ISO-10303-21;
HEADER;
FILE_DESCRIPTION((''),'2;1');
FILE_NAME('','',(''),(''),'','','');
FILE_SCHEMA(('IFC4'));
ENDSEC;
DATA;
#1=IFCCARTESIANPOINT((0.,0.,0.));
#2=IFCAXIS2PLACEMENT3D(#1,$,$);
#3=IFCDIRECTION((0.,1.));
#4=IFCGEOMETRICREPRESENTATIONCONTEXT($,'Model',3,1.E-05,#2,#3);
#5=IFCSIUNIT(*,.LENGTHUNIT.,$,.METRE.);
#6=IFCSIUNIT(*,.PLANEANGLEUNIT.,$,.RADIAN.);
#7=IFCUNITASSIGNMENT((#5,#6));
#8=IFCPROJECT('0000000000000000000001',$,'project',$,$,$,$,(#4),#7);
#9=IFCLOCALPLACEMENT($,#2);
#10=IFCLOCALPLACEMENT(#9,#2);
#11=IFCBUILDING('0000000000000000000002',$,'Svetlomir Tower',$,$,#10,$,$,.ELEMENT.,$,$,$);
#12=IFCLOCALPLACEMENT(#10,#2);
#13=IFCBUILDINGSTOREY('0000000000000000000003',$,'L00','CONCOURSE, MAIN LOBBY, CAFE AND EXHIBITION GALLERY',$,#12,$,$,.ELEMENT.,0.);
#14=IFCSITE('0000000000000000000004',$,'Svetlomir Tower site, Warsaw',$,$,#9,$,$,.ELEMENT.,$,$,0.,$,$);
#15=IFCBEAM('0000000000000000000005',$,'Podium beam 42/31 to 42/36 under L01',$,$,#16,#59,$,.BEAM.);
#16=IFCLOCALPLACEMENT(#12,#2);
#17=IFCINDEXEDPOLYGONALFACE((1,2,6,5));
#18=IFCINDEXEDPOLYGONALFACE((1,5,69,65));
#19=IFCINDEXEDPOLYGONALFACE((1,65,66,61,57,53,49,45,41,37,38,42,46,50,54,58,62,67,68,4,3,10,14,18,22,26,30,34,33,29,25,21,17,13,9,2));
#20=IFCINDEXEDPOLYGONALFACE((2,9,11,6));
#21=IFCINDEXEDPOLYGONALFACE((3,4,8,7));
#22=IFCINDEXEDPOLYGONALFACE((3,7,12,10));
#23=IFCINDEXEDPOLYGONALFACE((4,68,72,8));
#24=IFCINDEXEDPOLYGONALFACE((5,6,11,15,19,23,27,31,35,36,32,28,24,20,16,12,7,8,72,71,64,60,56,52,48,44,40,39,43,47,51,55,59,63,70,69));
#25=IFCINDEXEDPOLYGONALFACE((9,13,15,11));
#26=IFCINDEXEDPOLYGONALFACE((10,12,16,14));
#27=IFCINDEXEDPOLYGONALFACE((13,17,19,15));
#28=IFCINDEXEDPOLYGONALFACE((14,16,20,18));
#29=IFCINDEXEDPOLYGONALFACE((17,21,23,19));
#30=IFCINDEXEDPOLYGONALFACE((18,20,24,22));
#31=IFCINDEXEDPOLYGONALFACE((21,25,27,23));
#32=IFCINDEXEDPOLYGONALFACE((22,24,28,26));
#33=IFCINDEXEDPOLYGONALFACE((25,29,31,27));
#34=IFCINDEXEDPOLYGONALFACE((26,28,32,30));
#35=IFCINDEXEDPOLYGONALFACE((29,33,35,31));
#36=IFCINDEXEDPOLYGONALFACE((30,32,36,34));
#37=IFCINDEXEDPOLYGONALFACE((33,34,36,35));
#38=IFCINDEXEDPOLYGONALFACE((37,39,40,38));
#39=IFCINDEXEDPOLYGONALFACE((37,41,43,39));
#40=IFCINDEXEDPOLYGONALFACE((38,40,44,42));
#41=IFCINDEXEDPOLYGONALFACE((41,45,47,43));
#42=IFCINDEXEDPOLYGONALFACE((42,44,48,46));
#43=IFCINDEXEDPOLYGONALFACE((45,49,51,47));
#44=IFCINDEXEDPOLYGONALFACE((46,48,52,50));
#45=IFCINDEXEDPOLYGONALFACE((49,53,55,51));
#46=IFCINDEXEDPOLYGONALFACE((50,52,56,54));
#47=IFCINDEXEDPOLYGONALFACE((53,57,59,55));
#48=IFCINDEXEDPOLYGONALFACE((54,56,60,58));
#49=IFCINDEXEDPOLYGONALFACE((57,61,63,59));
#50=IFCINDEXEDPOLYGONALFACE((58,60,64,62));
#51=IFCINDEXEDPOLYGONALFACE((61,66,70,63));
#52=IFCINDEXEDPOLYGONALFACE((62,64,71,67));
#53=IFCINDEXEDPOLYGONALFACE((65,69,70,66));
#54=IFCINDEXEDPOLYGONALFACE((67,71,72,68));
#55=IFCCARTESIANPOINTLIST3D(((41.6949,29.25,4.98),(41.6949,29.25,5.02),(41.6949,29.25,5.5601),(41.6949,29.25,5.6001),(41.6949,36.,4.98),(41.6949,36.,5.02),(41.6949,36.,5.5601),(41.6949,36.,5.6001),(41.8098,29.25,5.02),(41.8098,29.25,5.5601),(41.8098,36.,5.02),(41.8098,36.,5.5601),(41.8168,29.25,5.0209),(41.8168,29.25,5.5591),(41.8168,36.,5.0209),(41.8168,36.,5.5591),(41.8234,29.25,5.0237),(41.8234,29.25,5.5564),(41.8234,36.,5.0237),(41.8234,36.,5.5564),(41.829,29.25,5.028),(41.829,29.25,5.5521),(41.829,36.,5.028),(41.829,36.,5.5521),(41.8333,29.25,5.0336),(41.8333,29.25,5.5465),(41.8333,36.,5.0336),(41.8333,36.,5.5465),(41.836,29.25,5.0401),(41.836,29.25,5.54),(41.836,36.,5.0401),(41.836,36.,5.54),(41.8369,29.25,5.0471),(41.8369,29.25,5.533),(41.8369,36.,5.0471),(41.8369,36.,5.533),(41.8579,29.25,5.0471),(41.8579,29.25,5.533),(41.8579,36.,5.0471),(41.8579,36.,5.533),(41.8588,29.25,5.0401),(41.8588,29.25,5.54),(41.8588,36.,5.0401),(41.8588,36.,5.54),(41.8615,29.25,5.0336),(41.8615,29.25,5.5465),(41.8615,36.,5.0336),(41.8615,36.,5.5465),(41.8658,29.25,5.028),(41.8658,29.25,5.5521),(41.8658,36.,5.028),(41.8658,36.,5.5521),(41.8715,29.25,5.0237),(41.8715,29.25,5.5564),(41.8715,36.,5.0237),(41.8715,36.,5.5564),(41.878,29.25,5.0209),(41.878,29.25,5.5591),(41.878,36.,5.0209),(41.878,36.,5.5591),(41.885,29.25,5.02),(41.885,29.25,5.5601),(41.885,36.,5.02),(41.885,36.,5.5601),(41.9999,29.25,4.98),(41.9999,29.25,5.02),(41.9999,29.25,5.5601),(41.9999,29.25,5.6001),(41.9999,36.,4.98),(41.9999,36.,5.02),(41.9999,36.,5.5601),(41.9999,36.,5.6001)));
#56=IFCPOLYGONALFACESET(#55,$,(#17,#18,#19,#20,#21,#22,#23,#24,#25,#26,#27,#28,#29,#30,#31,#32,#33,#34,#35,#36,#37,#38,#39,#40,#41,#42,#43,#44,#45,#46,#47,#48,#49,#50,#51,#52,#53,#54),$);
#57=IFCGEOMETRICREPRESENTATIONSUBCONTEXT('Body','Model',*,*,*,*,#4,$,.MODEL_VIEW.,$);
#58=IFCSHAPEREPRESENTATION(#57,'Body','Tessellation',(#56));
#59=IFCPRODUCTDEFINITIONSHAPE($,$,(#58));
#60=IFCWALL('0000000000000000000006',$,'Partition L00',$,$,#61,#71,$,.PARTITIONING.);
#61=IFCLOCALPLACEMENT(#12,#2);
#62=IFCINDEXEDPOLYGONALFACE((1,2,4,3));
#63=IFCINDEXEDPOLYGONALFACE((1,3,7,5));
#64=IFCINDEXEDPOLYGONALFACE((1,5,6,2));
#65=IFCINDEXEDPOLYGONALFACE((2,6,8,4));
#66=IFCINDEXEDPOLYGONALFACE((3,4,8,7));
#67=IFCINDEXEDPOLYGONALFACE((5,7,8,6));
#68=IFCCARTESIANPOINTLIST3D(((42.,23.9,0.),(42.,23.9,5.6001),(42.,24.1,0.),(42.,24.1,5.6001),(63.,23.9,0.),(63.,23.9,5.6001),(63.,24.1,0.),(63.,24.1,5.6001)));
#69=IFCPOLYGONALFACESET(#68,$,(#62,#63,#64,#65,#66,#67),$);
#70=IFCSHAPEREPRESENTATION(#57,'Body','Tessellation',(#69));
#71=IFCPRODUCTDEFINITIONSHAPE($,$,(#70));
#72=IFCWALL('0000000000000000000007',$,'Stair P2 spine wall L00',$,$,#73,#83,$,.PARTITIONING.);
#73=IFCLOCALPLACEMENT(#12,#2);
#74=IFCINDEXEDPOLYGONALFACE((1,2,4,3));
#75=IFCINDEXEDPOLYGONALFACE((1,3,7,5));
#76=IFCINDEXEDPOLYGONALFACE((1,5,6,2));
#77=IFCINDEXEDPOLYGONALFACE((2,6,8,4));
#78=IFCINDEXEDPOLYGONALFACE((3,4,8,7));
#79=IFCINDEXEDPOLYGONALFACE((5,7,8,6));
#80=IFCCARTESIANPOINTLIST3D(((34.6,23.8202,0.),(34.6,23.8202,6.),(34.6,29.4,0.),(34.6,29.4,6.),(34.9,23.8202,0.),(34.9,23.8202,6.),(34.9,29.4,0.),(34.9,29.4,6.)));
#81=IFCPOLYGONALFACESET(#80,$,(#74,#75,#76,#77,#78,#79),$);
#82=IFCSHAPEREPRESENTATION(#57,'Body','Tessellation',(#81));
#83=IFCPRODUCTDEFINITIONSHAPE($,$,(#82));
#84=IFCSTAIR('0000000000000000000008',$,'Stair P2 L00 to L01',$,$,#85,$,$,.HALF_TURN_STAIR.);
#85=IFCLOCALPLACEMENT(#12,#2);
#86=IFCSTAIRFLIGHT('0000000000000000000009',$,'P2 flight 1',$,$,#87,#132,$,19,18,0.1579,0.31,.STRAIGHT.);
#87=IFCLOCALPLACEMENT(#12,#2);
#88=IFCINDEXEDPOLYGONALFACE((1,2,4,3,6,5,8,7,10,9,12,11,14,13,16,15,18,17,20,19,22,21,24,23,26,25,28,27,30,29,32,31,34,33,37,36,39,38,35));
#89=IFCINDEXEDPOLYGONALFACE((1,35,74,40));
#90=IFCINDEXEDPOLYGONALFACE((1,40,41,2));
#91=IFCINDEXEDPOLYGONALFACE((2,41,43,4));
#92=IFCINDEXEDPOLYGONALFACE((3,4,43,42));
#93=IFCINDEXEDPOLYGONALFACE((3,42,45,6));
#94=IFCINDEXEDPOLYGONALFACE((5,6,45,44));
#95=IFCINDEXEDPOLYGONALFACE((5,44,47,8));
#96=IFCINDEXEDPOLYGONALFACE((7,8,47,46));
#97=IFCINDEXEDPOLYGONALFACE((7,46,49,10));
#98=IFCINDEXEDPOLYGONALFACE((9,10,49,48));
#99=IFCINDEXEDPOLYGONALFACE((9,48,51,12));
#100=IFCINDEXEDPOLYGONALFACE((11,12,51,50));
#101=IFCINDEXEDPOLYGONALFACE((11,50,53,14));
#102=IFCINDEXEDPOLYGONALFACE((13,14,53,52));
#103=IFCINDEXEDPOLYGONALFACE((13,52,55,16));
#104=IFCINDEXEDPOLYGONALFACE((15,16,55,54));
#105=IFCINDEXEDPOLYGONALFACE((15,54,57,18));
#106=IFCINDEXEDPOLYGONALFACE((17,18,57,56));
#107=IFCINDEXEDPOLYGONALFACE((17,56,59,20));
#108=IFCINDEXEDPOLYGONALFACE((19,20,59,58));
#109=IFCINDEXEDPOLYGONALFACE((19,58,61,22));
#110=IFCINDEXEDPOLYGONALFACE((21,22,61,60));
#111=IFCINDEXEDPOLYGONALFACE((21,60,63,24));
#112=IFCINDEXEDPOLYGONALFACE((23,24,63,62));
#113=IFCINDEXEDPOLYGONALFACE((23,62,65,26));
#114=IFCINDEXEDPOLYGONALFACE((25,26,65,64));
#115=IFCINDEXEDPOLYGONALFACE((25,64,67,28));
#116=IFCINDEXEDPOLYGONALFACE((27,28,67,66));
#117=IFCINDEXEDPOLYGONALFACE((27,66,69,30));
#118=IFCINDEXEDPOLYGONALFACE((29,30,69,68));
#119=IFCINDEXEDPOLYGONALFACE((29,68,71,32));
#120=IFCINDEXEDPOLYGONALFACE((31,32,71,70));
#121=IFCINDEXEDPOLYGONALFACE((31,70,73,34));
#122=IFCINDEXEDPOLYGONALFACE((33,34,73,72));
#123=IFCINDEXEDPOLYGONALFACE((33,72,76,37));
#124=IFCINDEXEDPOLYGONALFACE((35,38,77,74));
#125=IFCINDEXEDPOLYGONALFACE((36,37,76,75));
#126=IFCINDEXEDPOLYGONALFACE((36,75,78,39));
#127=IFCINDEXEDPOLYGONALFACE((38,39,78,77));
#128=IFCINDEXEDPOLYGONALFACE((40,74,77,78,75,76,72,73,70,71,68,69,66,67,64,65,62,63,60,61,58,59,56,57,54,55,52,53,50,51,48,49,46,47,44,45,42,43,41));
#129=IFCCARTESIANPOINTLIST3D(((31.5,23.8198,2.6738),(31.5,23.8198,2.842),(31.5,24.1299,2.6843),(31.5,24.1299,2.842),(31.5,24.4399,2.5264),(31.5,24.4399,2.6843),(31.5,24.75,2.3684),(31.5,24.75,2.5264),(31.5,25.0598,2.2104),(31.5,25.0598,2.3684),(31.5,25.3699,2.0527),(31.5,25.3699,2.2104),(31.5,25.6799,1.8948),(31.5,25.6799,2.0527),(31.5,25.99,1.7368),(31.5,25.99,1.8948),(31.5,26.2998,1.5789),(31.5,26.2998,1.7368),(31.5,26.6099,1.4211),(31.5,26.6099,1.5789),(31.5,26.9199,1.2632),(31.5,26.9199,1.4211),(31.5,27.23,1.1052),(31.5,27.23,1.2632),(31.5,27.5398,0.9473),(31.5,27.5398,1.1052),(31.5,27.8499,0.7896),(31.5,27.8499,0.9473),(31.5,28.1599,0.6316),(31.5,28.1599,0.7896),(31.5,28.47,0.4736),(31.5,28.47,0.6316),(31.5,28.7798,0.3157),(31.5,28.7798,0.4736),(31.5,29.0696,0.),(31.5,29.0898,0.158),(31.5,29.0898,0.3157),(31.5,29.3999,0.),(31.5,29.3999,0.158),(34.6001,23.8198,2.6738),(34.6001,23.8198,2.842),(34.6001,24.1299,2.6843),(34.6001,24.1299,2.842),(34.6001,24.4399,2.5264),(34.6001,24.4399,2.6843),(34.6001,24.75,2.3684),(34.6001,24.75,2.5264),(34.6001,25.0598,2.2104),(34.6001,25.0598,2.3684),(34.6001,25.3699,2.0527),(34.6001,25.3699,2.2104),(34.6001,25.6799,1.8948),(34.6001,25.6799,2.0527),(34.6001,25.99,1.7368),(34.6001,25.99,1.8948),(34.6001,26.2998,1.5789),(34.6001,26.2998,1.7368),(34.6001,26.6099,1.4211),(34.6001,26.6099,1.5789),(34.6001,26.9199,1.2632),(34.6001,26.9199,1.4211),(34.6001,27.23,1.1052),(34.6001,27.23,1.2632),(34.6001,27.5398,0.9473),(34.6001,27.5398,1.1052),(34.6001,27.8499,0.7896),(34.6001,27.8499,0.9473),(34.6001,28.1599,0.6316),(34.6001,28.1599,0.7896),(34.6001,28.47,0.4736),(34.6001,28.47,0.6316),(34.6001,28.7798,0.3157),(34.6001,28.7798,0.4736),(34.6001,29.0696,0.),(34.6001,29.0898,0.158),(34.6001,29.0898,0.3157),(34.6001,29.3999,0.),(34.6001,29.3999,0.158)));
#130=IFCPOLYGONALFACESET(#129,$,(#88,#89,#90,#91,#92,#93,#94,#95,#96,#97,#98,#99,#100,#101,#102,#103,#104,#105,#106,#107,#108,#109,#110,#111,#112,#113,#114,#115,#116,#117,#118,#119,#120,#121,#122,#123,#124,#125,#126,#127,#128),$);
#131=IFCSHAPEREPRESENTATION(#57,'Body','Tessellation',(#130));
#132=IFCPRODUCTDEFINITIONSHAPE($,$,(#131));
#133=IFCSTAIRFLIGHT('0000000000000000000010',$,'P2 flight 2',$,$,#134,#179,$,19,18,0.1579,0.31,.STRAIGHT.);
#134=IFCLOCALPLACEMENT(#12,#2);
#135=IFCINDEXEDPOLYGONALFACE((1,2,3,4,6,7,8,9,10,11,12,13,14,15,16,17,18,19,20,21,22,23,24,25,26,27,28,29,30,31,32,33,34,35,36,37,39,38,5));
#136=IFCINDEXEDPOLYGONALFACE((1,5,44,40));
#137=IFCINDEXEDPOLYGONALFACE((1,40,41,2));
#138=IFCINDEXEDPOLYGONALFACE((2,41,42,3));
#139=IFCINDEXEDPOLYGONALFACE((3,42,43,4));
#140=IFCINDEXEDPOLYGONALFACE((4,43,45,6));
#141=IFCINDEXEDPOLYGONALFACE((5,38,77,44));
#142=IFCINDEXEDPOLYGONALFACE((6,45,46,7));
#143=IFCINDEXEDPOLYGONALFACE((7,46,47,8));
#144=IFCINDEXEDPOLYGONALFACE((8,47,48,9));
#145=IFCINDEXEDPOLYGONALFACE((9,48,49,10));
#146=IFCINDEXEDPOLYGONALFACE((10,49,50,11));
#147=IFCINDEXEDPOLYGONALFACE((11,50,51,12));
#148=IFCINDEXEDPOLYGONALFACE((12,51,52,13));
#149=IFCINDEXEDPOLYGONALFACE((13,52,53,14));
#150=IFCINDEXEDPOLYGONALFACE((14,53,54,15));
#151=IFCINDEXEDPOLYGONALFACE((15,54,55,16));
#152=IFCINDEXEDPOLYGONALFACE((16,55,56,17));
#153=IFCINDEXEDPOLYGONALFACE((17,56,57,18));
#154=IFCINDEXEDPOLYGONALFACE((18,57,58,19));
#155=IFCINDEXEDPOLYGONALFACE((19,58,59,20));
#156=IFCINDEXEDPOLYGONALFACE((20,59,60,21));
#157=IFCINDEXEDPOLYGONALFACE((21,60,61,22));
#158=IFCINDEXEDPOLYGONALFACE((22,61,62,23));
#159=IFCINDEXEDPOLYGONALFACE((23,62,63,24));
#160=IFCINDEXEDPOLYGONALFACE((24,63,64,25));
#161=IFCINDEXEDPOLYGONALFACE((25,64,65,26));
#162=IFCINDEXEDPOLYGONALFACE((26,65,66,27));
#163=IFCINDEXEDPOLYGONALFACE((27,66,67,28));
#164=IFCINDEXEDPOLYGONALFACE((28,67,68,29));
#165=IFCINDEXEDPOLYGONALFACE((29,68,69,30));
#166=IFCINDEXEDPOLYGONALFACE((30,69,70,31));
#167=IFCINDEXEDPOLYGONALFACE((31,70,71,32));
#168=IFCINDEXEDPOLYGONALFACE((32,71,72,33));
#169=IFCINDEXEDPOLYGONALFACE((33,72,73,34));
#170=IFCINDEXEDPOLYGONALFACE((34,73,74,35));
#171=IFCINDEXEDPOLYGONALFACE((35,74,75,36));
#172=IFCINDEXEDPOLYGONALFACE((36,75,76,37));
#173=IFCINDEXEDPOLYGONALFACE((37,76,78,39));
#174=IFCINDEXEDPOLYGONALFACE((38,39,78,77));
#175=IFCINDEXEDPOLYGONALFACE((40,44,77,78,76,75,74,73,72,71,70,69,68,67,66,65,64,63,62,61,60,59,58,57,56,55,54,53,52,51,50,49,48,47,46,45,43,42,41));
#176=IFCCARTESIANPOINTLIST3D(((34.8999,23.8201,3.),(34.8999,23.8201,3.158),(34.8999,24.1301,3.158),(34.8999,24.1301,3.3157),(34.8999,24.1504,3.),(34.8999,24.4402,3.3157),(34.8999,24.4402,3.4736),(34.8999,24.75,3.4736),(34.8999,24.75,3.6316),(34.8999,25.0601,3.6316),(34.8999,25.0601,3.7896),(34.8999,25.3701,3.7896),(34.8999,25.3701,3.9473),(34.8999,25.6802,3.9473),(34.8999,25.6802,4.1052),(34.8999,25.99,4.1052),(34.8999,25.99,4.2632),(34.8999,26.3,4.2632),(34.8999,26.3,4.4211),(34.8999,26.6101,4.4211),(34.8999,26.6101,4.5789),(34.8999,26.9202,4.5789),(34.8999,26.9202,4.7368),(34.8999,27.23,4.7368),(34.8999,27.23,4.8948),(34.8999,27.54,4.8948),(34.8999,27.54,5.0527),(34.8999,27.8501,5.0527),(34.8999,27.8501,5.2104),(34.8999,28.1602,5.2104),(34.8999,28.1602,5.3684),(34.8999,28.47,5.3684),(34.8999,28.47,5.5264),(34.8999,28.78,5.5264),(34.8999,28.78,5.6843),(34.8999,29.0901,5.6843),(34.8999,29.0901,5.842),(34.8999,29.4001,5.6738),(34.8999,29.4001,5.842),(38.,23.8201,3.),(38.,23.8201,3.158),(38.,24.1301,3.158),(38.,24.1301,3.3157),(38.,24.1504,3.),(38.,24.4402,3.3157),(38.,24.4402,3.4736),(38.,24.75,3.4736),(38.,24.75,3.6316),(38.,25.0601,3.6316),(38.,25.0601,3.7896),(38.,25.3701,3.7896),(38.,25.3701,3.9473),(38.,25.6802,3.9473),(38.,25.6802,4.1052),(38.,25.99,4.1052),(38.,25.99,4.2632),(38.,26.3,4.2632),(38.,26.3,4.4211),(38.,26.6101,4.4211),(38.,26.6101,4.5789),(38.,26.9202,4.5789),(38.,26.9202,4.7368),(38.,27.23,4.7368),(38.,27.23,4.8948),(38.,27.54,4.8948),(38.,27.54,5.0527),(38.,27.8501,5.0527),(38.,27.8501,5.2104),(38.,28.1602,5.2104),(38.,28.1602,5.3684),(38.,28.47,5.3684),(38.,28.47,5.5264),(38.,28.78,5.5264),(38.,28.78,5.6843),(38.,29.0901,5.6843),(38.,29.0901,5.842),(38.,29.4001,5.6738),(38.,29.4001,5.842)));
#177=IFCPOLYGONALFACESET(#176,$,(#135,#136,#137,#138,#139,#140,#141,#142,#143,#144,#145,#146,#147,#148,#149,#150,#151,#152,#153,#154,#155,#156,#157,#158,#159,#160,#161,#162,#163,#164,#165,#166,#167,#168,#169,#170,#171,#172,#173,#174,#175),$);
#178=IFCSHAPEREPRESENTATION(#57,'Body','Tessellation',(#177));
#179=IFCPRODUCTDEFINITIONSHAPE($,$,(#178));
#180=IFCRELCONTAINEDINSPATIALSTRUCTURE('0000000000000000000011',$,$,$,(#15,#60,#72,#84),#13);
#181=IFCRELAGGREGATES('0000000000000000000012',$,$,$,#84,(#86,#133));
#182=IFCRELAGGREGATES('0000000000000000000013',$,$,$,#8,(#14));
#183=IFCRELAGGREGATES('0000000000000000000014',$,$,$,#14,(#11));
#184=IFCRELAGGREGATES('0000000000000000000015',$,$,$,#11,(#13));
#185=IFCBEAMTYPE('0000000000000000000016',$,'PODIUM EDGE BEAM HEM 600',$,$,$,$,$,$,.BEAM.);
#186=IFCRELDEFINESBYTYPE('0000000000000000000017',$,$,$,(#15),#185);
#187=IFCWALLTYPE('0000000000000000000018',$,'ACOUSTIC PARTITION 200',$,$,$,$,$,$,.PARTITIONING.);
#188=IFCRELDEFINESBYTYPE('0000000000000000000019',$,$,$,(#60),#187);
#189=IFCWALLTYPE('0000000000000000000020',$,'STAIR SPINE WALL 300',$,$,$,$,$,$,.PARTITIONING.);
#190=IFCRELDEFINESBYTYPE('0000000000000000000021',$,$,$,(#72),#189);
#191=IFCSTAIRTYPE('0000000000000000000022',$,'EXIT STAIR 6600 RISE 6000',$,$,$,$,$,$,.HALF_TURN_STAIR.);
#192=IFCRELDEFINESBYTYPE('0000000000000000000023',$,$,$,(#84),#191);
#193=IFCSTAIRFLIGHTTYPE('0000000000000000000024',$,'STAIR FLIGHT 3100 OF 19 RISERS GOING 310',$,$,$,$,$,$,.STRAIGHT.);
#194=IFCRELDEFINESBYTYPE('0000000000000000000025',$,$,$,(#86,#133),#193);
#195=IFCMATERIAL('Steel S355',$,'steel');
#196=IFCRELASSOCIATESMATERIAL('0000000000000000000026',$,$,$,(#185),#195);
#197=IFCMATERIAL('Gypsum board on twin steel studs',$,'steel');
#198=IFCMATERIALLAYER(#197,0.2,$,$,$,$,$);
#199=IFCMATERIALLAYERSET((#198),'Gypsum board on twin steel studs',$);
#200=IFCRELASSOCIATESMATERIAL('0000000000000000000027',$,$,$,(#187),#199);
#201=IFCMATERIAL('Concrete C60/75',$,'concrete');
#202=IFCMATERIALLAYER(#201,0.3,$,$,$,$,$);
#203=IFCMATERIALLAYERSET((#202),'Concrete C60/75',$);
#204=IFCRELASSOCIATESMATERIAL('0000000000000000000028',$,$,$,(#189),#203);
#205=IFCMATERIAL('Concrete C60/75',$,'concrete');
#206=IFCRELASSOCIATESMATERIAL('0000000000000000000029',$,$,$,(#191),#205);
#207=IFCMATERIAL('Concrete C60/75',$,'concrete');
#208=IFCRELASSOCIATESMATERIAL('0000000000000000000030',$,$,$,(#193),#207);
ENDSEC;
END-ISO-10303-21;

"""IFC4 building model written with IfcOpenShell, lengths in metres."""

from ifc_helpers import new_model, si_unit, direction, frame, frame_2d, origin, origin_2d, place, context, subcontext, project, spatial, polyline, rectangle, i_section, outline, extrude, material, layer, layer_set, material_profile, profile_set, type_object, element, aggregate, save


model = new_model("IFC4")

# Units and contexts
model_context = context("Model", 3, precision=1e-05, world=origin(), true_north=direction((0.0, 1.0)))
body_context = subcontext(model_context, "Body", "Model", "MODEL_VIEW")
ifc_project = project(units=[si_unit("LENGTHUNIT", "METRE"), si_unit("PLANEANGLEUNIT", "RADIAN")], contexts=[model_context])

# Site, building, storey
site_placement = place(None, origin())
site = spatial("IfcSite", under=ifc_project, at=site_placement, Name="Svetlomir Tower site, Warsaw", CompositionType="ELEMENT", RefElevation=0.0)
building_placement = place(site_placement, origin())
building = spatial("IfcBuilding", under=site, at=building_placement, Name="Svetlomir Tower", CompositionType="ELEMENT")
storey_placement = place(building_placement, origin())
storey = spatial("IfcBuildingStorey", under=building, at=storey_placement, Name="L00", Description="CONCOURSE, MAIN LOBBY, CAFE AND EXHIBITION GALLERY", CompositionType="ELEMENT", Elevation=0.0)

# Beam
ifc_material_1 = material(Name="Steel S355", Category="steel")
ifc_material_profile_1 = material_profile(ifc_material_1, i_section(OverallWidth=0.3049, OverallDepth=0.6201, WebThickness=0.021, FlangeThickness=0.04, FilletRadius=0.0271, at=origin_2d()), Name="HEM 600")
ifc_profile_set_1 = profile_set([ifc_material_profile_1], Name="Steel S355")
beam_type = type_object("IfcBeamType", Name="PODIUM EDGE BEAM HEM 600", PredefinedType="BEAM", material=ifc_profile_set_1)
beam_1_placement = place(storey_placement, frame((41.8474, 29.25, 5.29), z_axis=(0.0, 1.0, 0.0), x_axis=(-1.0, 0.0, 0.0)))
element("IfcBeam", 1, at=beam_1_placement, inside=storey, type_object=beam_type, Name="Podium beam 42/31 to 42/36 under L01", PredefinedType="BEAM", context=body_context, shape_type="SweptSolid", body=[
    extrude(i_section(OverallWidth=0.3049, OverallDepth=0.6201, WebThickness=0.021, FlangeThickness=0.04, FilletRadius=0.0271, at=origin_2d()), origin(), (0.0, 0.0, 1.0), 6.75),
])

# Walls
ifc_material_2 = material(Name="Gypsum board on twin steel studs", Category="steel")
ifc_layer_1 = layer(ifc_material_2, 0.2)
ifc_layer_set_1 = layer_set([ifc_layer_1], Name="Gypsum board on twin steel studs")
wall_type_1 = type_object("IfcWallType", Name="ACOUSTIC PARTITION 200", PredefinedType="PARTITIONING", material=ifc_layer_set_1)
wall_1_placement = place(storey_placement, frame((42.0, 24.0, 0.0), z_axis=(0.0, 0.0, 1.0), x_axis=(1.0, 0.0, 0.0)))
element("IfcWall", 2, at=wall_1_placement, inside=storey, type_object=wall_type_1, Name="Partition L00", PredefinedType="PARTITIONING", context=body_context, shape_type="SweptSolid", body=[
    extrude(rectangle(XDim=21.0, YDim=0.2, at=frame_2d((10.5, 0.0))), origin(), (0.0, 0.0, 1.0), 5.6001),
])
ifc_material_3 = material(Name="Concrete C60/75", Category="concrete")
ifc_layer_2 = layer(ifc_material_3, 0.3)
ifc_layer_set_2 = layer_set([ifc_layer_2], Name="Concrete C60/75")
wall_type_2 = type_object("IfcWallType", Name="STAIR SPINE WALL 300", PredefinedType="PARTITIONING", material=ifc_layer_set_2)
wall_2_placement = place(storey_placement, frame((34.75, 23.8201, 0.0), z_axis=(0.0, 0.0, 1.0), x_axis=(0.0, 1.0, 0.0)))
element("IfcWall", 3, at=wall_2_placement, inside=storey, type_object=wall_type_2, Name="Stair P2 spine wall L00", PredefinedType="PARTITIONING", context=body_context, shape_type="SweptSolid", body=[
    extrude(rectangle(XDim=5.5798, YDim=0.3, at=frame_2d((2.79, 0.0))), origin(), (0.0, 0.0, 1.0), 6.0),
])

# Stair, stair flights
ifc_material_4 = material(Name="Concrete C60/75", Category="concrete")
stair_type = type_object("IfcStairType", Name="EXIT STAIR 6600 RISE 6000", PredefinedType="HALF_TURN_STAIR", material=ifc_material_4)
stair_placement = place(storey_placement, origin())
stair = element("IfcStair", 4, at=stair_placement, inside=storey, type_object=stair_type, Name="Stair P2 L00 to L01", PredefinedType="HALF_TURN_STAIR")
ifc_material_5 = material(Name="Concrete C60/75", Category="concrete")
stair_flight_type = type_object("IfcStairFlightType", Name="STAIR FLIGHT 3100 OF 19 RISERS GOING 310", PredefinedType="STRAIGHT", material=ifc_material_5)
stair_flight_1_placement = place(storey_placement, frame((33.05, 29.3999, 0.0), z_axis=(0.0, 0.0, 1.0), x_axis=(0.0, -1.0, 0.0)))
stair_flight_1 = element("IfcStairFlight", 5, at=stair_flight_1_placement, type_object=stair_flight_type, Name="P2 flight 1", NumberOfRisers=19, NumberOfTreads=18, PredefinedType="STRAIGHT", RiserHeight=0.1579, TreadLength=0.31, context=body_context, shape_type="SweptSolid", body=[
    extrude(outline(polyline([(0.0, 0.0), (0.0, 0.158), (0.3101, 0.158), (0.3101, 0.3157), (0.6201, 0.3157), (0.6201, 0.4736), (0.9299, 0.4736), (0.9299, 0.6316), (1.24, 0.6316), (1.24, 0.7896), (1.55, 0.7896), (1.55, 0.9473), (1.8601, 0.9473), (1.8601, 1.1052), (2.1699, 1.1052), (2.1699, 1.2632), (2.48, 1.2632), (2.48, 1.4211), (2.79, 1.4211), (2.79, 1.5789), (3.1001, 1.5789), (3.1001, 1.7368), (3.4099, 1.7368), (3.4099, 1.8948), (3.72, 1.8948), (3.72, 2.0527), (4.03, 2.0527), (4.03, 2.2104), (4.3401, 2.2104), (4.3401, 2.3684), (4.6499, 2.3684), (4.6499, 2.5264), (4.96, 2.5264), (4.96, 2.6843), (5.27, 2.6843), (5.27, 2.842), (5.5801, 2.842), (5.5801, 3.0), (5.5801, 2.6738), (0.3303, 0.0), (0.0, 0.0)])), frame((0.0, 1.55, 0.0), z_axis=(0.0, -1.0, 0.0), x_axis=(1.0, 0.0, 0.0)), (0.0, 0.0, 1.0), 3.1001),
])
stair_flight_2_placement = place(storey_placement, frame((36.45, 23.8201, 3.0), z_axis=(0.0, 0.0, 1.0), x_axis=(0.0, 1.0, 0.0)))
stair_flight_2 = element("IfcStairFlight", 6, at=stair_flight_2_placement, type_object=stair_flight_type, Name="P2 flight 2", NumberOfRisers=19, NumberOfTreads=18, PredefinedType="STRAIGHT", RiserHeight=0.1579, TreadLength=0.31, context=body_context, shape_type="SweptSolid", body=[
    extrude(outline(polyline([(0.0, 0.0), (0.0, 0.158), (0.3101, 0.158), (0.3101, 0.3157), (0.6201, 0.3157), (0.6201, 0.4736), (0.9299, 0.4736), (0.9299, 0.6316), (1.24, 0.6316), (1.24, 0.7896), (1.55, 0.7896), (1.55, 0.9473), (1.8601, 0.9473), (1.8601, 1.1052), (2.1699, 1.1052), (2.1699, 1.2632), (2.48, 1.2632), (2.48, 1.4211), (2.79, 1.4211), (2.79, 1.5789), (3.1001, 1.5789), (3.1001, 1.7368), (3.4099, 1.7368), (3.4099, 1.8948), (3.72, 1.8948), (3.72, 2.0527), (4.03, 2.0527), (4.03, 2.2104), (4.3401, 2.2104), (4.3401, 2.3684), (4.6499, 2.3684), (4.6499, 2.5264), (4.96, 2.5264), (4.96, 2.6843), (5.27, 2.6843), (5.27, 2.842), (5.5801, 2.842), (5.5801, 3.0), (5.5801, 2.6738), (0.3303, 0.0), (0.0, 0.0)])), frame((0.0, 1.55, 0.0), z_axis=(0.0, -1.0, 0.0), x_axis=(1.0, 0.0, 0.0)), (0.0, 0.0, 1.0), 3.1001),
])
aggregate(stair, [stair_flight_1, stair_flight_2])

save(model, "model.ifc")
